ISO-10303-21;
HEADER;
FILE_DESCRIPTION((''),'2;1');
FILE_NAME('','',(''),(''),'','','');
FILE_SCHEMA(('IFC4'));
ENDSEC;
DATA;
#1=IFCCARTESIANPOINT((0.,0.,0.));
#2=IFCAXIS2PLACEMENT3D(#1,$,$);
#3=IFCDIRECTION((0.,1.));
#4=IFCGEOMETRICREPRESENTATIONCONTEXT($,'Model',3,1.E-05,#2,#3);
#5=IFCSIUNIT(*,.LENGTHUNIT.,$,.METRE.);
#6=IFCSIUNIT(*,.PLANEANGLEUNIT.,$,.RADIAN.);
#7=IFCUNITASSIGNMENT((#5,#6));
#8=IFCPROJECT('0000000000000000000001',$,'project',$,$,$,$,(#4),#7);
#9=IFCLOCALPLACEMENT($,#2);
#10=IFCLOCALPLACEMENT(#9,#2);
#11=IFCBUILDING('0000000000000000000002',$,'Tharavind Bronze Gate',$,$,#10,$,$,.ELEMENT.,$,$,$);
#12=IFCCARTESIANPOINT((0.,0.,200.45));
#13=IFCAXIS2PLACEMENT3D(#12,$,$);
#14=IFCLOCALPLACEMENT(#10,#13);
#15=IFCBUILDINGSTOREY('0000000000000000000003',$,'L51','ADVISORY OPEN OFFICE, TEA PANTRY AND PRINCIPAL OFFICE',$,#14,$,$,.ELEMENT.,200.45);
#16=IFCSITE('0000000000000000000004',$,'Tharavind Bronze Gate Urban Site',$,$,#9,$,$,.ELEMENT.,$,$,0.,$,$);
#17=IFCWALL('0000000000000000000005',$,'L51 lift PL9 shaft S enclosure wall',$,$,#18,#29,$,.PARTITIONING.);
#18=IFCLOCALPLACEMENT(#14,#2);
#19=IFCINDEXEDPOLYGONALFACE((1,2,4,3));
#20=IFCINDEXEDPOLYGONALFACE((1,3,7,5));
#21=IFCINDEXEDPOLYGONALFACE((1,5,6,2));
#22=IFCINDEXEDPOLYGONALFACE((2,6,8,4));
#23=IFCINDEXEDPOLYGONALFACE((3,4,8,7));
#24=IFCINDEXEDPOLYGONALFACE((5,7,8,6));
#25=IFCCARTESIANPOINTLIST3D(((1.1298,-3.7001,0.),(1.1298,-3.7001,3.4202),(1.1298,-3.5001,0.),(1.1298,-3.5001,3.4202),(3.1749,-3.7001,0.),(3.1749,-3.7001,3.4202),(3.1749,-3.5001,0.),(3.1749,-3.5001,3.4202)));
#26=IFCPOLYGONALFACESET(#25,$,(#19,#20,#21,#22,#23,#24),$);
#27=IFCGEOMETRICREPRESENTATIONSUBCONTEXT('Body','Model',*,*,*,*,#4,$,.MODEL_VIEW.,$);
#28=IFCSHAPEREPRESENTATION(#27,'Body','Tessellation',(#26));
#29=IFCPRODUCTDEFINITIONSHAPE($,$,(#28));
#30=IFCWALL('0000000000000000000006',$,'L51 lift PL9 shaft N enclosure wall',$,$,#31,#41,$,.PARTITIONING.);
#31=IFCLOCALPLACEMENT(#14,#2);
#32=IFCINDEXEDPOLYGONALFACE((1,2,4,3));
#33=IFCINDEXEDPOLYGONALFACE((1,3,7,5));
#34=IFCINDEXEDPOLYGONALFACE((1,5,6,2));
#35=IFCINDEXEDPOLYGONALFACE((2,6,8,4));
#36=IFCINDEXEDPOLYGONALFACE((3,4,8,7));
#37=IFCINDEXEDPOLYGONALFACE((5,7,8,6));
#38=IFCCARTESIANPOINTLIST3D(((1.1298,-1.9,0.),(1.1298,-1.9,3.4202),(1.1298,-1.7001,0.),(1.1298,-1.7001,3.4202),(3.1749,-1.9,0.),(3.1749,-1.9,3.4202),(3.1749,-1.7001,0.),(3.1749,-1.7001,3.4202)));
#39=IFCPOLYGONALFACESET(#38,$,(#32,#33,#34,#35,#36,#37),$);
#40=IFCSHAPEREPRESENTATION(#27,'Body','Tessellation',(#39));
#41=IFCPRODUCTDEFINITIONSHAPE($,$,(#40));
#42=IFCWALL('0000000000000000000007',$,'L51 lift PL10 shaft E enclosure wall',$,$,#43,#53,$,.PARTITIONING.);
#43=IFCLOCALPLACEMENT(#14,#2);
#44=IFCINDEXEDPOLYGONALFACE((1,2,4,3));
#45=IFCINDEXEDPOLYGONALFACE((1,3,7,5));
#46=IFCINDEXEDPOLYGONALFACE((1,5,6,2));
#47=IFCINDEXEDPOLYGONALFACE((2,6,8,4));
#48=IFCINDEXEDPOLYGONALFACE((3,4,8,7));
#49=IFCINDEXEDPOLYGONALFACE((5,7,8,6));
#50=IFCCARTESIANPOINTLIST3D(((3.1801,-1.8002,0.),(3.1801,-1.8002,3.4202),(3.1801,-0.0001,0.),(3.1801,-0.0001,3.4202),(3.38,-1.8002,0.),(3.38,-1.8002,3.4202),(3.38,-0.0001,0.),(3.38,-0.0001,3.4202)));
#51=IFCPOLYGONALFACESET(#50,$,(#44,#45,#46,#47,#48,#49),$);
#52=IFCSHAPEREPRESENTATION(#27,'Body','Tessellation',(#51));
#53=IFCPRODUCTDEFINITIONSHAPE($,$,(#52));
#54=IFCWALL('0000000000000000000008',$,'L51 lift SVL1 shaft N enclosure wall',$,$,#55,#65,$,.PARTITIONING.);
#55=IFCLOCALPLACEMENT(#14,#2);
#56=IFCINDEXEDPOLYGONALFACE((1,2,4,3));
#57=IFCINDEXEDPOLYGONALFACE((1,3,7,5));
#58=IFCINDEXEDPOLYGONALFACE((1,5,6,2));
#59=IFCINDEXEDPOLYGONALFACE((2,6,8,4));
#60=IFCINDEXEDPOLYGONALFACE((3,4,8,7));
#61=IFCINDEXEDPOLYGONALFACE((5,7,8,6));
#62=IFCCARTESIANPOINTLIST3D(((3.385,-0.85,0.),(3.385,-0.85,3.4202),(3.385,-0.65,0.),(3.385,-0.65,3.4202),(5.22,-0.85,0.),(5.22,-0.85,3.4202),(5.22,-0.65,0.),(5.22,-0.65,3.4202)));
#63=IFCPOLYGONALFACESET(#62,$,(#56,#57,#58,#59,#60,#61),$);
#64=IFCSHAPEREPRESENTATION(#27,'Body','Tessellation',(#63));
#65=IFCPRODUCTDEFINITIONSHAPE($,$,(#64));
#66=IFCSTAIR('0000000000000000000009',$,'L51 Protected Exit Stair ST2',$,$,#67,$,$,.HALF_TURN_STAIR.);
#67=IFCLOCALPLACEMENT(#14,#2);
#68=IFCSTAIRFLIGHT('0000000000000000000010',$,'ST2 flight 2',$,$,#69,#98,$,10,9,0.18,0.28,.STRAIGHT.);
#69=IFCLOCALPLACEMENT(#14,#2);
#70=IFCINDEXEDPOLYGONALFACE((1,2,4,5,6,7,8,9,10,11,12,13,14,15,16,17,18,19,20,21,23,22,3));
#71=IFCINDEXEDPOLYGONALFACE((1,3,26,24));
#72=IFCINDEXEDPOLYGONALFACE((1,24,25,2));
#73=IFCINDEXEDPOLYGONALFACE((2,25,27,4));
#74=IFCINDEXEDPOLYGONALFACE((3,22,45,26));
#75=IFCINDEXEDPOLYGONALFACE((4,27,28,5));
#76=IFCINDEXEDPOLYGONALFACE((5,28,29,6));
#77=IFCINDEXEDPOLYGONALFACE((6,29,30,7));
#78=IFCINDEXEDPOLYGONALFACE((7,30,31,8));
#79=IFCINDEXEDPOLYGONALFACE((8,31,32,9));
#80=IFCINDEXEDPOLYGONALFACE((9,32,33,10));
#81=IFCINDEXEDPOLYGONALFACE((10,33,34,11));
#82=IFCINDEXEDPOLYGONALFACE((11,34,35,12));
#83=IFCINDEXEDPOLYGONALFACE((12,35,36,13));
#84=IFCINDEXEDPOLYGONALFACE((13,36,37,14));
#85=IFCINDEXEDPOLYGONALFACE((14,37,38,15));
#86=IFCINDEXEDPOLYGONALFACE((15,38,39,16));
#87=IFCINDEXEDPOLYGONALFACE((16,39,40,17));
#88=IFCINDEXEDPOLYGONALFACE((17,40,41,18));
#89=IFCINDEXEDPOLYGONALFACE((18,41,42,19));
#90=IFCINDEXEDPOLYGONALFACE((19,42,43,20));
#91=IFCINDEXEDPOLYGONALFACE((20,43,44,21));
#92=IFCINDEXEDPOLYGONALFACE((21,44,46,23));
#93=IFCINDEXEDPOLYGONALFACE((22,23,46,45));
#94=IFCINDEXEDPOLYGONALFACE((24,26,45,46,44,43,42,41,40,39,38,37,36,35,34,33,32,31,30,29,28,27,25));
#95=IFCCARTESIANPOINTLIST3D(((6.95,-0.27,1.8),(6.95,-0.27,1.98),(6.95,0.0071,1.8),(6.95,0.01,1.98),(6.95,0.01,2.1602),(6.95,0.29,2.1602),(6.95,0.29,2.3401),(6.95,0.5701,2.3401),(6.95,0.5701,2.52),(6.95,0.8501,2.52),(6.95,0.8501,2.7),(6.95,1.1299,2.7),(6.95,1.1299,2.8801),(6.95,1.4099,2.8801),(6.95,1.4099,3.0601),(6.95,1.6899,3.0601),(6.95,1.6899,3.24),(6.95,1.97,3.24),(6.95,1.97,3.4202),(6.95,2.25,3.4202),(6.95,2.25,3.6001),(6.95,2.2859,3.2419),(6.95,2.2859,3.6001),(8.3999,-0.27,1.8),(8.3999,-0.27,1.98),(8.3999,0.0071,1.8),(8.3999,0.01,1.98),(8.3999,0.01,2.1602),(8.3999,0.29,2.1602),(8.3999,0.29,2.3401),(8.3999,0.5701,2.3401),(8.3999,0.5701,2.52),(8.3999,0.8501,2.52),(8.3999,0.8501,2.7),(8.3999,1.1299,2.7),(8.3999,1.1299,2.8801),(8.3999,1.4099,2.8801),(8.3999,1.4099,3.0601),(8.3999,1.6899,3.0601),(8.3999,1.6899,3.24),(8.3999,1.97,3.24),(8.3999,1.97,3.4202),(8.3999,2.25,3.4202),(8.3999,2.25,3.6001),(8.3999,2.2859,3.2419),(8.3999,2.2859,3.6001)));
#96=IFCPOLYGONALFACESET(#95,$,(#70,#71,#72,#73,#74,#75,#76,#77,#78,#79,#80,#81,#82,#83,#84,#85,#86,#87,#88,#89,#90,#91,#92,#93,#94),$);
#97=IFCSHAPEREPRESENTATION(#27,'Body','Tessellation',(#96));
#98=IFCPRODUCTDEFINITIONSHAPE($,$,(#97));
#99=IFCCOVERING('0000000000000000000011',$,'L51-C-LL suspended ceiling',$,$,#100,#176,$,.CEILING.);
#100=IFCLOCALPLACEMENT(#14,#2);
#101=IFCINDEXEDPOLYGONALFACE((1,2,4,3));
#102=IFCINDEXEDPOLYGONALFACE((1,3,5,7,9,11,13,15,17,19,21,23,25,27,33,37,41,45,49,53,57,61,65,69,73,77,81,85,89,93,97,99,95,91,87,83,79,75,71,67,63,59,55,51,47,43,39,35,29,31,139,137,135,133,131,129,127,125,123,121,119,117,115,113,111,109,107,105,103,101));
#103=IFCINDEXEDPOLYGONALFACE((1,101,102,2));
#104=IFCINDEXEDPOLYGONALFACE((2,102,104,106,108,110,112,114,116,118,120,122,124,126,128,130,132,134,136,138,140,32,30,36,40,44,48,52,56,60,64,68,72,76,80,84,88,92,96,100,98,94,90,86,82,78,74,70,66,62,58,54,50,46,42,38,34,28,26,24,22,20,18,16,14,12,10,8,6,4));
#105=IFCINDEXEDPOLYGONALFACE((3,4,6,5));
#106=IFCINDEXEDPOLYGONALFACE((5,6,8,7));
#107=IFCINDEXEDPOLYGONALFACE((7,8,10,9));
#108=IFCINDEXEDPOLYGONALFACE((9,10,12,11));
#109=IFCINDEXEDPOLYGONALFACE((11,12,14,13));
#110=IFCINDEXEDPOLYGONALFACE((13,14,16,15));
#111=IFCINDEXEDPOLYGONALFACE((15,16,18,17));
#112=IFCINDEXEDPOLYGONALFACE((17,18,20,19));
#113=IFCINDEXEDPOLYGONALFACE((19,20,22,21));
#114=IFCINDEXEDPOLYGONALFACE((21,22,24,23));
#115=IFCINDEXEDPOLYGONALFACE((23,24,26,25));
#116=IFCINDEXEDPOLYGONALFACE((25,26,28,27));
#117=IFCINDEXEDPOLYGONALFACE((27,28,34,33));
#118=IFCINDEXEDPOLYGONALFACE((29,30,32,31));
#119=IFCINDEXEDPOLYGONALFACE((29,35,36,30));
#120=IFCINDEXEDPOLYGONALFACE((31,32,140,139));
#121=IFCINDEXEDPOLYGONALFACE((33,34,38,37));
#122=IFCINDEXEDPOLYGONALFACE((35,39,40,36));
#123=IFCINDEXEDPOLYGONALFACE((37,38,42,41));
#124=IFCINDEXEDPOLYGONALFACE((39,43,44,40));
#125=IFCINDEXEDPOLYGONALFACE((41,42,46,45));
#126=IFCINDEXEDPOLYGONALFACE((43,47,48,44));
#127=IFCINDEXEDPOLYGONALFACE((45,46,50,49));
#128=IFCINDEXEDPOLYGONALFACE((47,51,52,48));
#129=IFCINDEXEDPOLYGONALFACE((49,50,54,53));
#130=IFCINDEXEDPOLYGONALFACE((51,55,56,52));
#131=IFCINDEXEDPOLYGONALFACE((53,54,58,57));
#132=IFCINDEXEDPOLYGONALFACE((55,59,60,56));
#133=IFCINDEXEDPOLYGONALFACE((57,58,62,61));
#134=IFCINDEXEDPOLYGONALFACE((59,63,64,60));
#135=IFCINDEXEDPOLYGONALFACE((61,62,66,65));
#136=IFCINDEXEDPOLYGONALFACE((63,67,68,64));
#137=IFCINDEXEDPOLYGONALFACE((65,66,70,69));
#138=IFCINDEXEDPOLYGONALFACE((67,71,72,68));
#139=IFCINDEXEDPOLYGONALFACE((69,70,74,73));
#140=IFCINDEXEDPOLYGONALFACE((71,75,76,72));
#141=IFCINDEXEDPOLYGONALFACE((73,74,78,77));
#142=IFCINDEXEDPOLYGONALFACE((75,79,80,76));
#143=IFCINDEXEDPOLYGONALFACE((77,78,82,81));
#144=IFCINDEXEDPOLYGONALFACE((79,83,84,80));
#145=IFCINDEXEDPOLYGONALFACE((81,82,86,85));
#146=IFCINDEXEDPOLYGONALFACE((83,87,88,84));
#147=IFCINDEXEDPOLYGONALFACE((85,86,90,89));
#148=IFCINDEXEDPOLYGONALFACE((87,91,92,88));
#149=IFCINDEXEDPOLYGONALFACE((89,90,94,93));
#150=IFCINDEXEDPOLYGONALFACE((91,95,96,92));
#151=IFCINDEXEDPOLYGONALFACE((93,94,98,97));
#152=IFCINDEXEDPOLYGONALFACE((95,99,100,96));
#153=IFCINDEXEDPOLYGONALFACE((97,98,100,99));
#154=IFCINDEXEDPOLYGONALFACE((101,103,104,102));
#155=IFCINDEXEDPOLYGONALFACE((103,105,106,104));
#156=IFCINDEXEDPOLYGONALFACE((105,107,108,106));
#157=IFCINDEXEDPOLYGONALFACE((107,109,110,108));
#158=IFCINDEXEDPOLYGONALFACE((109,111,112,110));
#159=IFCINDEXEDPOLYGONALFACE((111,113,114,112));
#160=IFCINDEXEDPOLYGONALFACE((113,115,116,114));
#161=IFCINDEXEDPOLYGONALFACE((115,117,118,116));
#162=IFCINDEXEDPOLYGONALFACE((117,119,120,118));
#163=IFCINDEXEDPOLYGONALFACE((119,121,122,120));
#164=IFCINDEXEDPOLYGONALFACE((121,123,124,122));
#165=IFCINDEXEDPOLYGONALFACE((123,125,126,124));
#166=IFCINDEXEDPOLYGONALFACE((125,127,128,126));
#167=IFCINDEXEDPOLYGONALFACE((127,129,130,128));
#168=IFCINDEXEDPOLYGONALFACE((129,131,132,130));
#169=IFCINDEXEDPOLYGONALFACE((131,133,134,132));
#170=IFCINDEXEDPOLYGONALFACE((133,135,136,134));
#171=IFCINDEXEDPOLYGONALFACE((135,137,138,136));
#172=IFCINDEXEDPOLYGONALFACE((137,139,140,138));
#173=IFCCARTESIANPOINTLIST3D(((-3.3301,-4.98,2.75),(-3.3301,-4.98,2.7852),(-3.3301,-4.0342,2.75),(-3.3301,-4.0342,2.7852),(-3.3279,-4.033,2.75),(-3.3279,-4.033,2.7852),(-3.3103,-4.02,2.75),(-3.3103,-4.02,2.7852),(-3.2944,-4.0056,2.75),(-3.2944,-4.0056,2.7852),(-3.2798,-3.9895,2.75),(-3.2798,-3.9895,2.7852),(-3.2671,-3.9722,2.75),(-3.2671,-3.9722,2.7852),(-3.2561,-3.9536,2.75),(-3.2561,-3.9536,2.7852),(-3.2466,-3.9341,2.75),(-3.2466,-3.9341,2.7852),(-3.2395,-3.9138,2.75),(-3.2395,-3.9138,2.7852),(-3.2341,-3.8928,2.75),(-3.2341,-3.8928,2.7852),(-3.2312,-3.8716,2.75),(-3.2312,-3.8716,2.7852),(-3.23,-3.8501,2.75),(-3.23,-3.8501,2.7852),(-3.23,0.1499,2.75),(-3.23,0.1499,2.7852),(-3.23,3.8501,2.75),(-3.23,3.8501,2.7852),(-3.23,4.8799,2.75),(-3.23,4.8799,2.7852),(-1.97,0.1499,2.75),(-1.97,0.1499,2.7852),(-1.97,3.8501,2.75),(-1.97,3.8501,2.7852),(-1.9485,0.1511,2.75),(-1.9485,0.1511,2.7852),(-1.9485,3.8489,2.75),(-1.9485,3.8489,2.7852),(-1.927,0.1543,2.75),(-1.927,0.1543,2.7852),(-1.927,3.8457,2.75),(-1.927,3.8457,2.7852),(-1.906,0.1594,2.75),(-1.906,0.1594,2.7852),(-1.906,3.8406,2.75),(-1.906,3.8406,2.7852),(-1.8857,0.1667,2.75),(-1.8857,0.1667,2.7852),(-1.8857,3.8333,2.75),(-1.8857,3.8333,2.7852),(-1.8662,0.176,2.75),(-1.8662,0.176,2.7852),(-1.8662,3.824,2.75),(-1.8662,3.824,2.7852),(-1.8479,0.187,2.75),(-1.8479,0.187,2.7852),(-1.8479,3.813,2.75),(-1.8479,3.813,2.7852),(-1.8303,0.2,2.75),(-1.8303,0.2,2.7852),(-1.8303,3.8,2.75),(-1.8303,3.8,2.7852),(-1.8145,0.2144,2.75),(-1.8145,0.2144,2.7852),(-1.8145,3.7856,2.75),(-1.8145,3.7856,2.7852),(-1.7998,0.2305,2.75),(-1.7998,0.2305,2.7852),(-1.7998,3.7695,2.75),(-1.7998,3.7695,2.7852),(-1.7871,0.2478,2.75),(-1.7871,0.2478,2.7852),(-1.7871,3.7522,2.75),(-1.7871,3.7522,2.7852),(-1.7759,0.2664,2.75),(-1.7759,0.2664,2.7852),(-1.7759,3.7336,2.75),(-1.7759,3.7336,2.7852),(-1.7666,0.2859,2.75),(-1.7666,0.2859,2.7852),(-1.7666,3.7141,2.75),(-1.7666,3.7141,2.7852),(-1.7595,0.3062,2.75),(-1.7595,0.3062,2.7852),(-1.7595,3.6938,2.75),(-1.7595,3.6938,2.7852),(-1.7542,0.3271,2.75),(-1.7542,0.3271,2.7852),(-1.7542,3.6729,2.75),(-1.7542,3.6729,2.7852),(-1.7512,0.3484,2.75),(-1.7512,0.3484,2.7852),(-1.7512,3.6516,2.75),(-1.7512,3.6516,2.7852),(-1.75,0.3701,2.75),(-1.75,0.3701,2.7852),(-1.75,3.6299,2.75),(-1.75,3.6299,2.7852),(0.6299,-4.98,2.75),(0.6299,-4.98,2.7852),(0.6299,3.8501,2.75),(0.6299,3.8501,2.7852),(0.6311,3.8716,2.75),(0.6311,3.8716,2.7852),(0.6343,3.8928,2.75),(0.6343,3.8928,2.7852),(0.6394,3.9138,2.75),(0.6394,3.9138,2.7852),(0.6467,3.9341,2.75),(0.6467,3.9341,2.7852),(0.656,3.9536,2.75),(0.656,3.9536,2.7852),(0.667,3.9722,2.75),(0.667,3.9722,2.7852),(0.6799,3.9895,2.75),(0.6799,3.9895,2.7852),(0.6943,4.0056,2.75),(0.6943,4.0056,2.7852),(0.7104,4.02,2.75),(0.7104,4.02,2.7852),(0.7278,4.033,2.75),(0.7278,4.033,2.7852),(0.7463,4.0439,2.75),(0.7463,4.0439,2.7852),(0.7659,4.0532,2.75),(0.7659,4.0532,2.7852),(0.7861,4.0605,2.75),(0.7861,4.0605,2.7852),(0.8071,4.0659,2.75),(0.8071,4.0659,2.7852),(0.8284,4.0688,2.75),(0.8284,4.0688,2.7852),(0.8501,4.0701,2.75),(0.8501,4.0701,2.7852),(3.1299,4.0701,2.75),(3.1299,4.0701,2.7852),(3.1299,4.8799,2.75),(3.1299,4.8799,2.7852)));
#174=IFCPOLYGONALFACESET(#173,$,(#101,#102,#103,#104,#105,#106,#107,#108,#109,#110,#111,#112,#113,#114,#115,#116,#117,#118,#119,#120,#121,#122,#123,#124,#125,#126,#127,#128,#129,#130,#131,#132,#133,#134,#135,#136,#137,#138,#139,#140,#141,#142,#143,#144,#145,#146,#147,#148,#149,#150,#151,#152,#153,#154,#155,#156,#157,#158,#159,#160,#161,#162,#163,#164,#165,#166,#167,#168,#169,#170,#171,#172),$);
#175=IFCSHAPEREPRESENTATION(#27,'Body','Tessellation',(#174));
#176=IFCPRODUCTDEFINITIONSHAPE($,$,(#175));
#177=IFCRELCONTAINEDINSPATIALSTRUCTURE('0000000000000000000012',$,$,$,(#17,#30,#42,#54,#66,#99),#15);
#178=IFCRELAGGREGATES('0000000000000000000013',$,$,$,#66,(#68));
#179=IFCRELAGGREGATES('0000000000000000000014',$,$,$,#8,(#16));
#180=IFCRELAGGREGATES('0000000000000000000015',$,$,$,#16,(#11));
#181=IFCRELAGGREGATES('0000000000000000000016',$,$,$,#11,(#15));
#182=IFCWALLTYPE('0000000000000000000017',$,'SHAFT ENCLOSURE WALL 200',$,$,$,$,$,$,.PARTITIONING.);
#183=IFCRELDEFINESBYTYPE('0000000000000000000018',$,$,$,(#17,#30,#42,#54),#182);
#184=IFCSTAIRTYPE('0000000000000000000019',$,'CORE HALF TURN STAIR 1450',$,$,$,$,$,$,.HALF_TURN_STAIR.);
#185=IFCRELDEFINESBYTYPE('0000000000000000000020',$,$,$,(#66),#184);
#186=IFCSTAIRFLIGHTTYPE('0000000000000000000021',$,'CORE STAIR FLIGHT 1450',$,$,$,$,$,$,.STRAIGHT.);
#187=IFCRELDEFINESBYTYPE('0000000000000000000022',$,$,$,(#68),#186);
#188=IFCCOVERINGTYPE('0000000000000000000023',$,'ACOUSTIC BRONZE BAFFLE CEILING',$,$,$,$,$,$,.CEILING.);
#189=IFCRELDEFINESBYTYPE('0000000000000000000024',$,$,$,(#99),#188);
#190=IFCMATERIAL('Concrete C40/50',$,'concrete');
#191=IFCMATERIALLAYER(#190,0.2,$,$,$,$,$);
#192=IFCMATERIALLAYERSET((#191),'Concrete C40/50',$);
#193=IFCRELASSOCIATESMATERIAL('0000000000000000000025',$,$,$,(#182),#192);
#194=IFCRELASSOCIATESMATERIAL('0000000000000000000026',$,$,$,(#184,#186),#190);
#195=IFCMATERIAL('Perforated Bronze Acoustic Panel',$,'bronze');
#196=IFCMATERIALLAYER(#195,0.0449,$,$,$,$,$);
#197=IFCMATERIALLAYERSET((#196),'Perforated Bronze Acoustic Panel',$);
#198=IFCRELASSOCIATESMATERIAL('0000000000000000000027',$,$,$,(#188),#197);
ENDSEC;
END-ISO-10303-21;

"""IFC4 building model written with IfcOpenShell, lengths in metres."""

from ifc_helpers import new_model, si_unit, direction, frame, frame_2d, origin, place, context, subcontext, project, spatial, polyline, rectangle, outline, extrude, material, layer, layer_set, type_object, element, aggregate, save


model = new_model("IFC4")

# Units and contexts
model_context = context("Model", 3, precision=1e-05, world=origin(), true_north=direction((0.0, 1.0)))
body_context = subcontext(model_context, "Body", "Model", "MODEL_VIEW")
ifc_project = project(units=[si_unit("LENGTHUNIT", "METRE"), si_unit("PLANEANGLEUNIT", "RADIAN")], contexts=[model_context])

# Site, building, storey
site_placement = place(None, origin())
site = spatial("IfcSite", under=ifc_project, at=site_placement, Name="Tharavind Bronze Gate Urban Site", CompositionType="ELEMENT", RefElevation=0.0)
building_placement = place(site_placement, origin())
building = spatial("IfcBuilding", under=site, at=building_placement, Name="Tharavind Bronze Gate", CompositionType="ELEMENT")
storey_placement = place(building_placement, frame((0.0, 0.0, 200.45)))
storey = spatial("IfcBuildingStorey", under=building, at=storey_placement, Name="L51", Description="ADVISORY OPEN OFFICE, TEA PANTRY AND PRINCIPAL OFFICE", CompositionType="ELEMENT", Elevation=200.45)

# Walls
ifc_material_1 = material(Name="Concrete C40/50", Category="concrete")
ifc_layer_1 = layer(ifc_material_1, 0.2)
ifc_layer_set_1 = layer_set([ifc_layer_1], Name="Concrete C40/50")
wall_type_1 = type_object("IfcWallType", Name="SHAFT ENCLOSURE WALL 200", PredefinedType="PARTITIONING", material=ifc_layer_set_1)
for number, where, z_axis, x_axis, name in (
    (1, (1.1299, -3.6001, 0.0), (0.0, 0.0, 1.0), (1.0, 0.0, 0.0), "L51 lift PL9 shaft S enclosure wall"),
    (2, (1.1299, -1.8, 0.0), (0.0, 0.0, 1.0), (1.0, 0.0, 0.0), "L51 lift PL9 shaft N enclosure wall"),
):
    element("IfcWall", number, at=place(storey_placement, frame(where, z_axis=z_axis, x_axis=x_axis)), inside=storey, type_object=wall_type_1, Name=name, PredefinedType="PARTITIONING", context=body_context, shape_type="SweptSolid", body=[
        extrude(rectangle(XDim=2.0452, YDim=0.2, at=frame_2d((1.0225, 0.0))), origin(), (0.0, 0.0, 1.0), 3.4202),
    ])
wall_1_placement = place(storey_placement, frame((3.28, -1.8, 0.0), z_axis=(0.0, 0.0, 1.0), x_axis=(0.0, 1.0, 0.0)))
element("IfcWall", 3, at=wall_1_placement, inside=storey, type_object=wall_type_1, Name="L51 lift PL10 shaft E enclosure wall", PredefinedType="PARTITIONING", context=body_context, shape_type="SweptSolid", body=[
    extrude(rectangle(XDim=1.8, YDim=0.2, at=frame_2d((0.8999, 0.0))), origin(), (0.0, 0.0, 1.0), 3.4202),
])
wall_2_placement = place(storey_placement, frame((3.385, -0.75, 0.0), z_axis=(0.0, 0.0, 1.0), x_axis=(1.0, 0.0, 0.0)))
element("IfcWall", 4, at=wall_2_placement, inside=storey, type_object=wall_type_1, Name="L51 lift SVL1 shaft N enclosure wall", PredefinedType="PARTITIONING", context=body_context, shape_type="SweptSolid", body=[
    extrude(rectangle(XDim=1.835, YDim=0.2, at=frame_2d((0.9175, 0.0))), origin(), (0.0, 0.0, 1.0), 3.4202),
])

# Stair, stair flight
stair_type = type_object("IfcStairType", Name="CORE HALF TURN STAIR 1450", PredefinedType="HALF_TURN_STAIR", material=ifc_material_1)
stair_placement = place(storey_placement, origin())
stair = element("IfcStair", 5, at=stair_placement, inside=storey, type_object=stair_type, Name="L51 Protected Exit Stair ST2", PredefinedType="HALF_TURN_STAIR")
stair_flight_type = type_object("IfcStairFlightType", Name="CORE STAIR FLIGHT 1450", PredefinedType="STRAIGHT", material=ifc_material_1)
stair_flight_placement = place(storey_placement, frame((7.675, -0.27, 1.8), z_axis=(0.0, 0.0, 1.0), x_axis=(0.0, 1.0, 0.0)))
stair_flight = element("IfcStairFlight", 6, at=stair_flight_placement, type_object=stair_flight_type, Name="ST2 flight 2", NumberOfRisers=10, NumberOfTreads=9, PredefinedType="STRAIGHT", RiserHeight=0.18, TreadLength=0.28, context=body_context, shape_type="SweptSolid", body=[
    extrude(outline(polyline([(0.0, 0.0), (0.0, 0.1799), (0.28, 0.1799), (0.28, 0.3601), (0.5601, 0.3601), (0.5601, 0.54), (0.8401, 0.54), (0.8401, 0.72), (1.1201, 0.72), (1.1201, 0.8999), (1.3999, 0.8999), (1.3999, 1.0801), (1.6799, 1.0801), (1.6799, 1.26), (1.96, 1.26), (1.96, 1.4399), (2.24, 1.4399), (2.24, 1.6201), (2.52, 1.6201), (2.52, 1.8), (2.5559, 1.8), (2.5559, 1.4419), (0.2771, 0.0), (0.0, 0.0)])), frame((0.0, 0.7251, 0.0), z_axis=(0.0, -1.0, 0.0), x_axis=(1.0, 0.0, 0.0)), (0.0, 0.0, 1.0), 1.45),
])
aggregate(stair, [stair_flight])

# Covering
ifc_material_2 = material(Name="Perforated Bronze Acoustic Panel", Category="bronze")
ifc_layer_2 = layer(ifc_material_2, 0.0449)
ifc_layer_set_2 = layer_set([ifc_layer_2], Name="Perforated Bronze Acoustic Panel")
covering_type = type_object("IfcCoveringType", Name="ACOUSTIC BRONZE BAFFLE CEILING", PredefinedType="CEILING", material=ifc_layer_set_2)
covering_placement = place(storey_placement, frame((0.0, 0.0, 2.75)))
element("IfcCovering", 7, at=covering_placement, inside=storey, type_object=covering_type, Name="L51-C-LL suspended ceiling", PredefinedType="CEILING", context=body_context, shape_type="SweptSolid", body=[
    extrude(outline(polyline([(-3.3301, -4.98), (0.6299, -4.98), (0.6299, 3.8501), (0.6311, 3.8716), (0.6343, 3.8928), (0.6394, 3.9138), (0.6467, 3.9341), (0.656, 3.9536), (0.667, 3.9722), (0.6799, 3.9895), (0.6943, 4.0056), (0.7104, 4.02), (0.7278, 4.033), (0.7463, 4.0439), (0.7659, 4.0532), (0.7861, 4.0605), (0.8071, 4.0659), (0.8284, 4.0688), (0.8501, 4.0701), (3.1299, 4.0701), (3.1299, 4.8799), (-3.23, 4.8799), (-3.23, 3.8501), (-1.97, 3.8501), (-1.9485, 3.8489), (-1.927, 3.8457), (-1.906, 3.8406), (-1.8857, 3.8333), (-1.8662, 3.824), (-1.8479, 3.813), (-1.8303, 3.8), (-1.8145, 3.7856), (-1.7998, 3.7695), (-1.7871, 3.7522), (-1.7759, 3.7336), (-1.7666, 3.7141), (-1.7595, 3.6938), (-1.7542, 3.6729), (-1.7512, 3.6516), (-1.75, 3.6299), (-1.75, 0.3701), (-1.7512, 0.3484), (-1.7542, 0.3271), (-1.7595, 0.3062), (-1.7666, 0.2859), (-1.7759, 0.2664), (-1.7871, 0.2478), (-1.7998, 0.2305), (-1.8145, 0.2144), (-1.8303, 0.2), (-1.8479, 0.187), (-1.8662, 0.176), (-1.8857, 0.1667), (-1.906, 0.1594), (-1.927, 0.1543), (-1.9485, 0.1511), (-1.97, 0.1499), (-3.23, 0.1499), (-3.23, -3.8501), (-3.2312, -3.8716), (-3.2341, -3.8928), (-3.2395, -3.9138), (-3.2466, -3.9341), (-3.2561, -3.9536), (-3.2671, -3.9722), (-3.2798, -3.9895), (-3.2944, -4.0056), (-3.3103, -4.02), (-3.3279, -4.033), (-3.3301, -4.0342), (-3.3301, -4.98)])), origin(), (0.0, 0.0, 1.0), 0.0352),
])

save(model, "model.ifc")
